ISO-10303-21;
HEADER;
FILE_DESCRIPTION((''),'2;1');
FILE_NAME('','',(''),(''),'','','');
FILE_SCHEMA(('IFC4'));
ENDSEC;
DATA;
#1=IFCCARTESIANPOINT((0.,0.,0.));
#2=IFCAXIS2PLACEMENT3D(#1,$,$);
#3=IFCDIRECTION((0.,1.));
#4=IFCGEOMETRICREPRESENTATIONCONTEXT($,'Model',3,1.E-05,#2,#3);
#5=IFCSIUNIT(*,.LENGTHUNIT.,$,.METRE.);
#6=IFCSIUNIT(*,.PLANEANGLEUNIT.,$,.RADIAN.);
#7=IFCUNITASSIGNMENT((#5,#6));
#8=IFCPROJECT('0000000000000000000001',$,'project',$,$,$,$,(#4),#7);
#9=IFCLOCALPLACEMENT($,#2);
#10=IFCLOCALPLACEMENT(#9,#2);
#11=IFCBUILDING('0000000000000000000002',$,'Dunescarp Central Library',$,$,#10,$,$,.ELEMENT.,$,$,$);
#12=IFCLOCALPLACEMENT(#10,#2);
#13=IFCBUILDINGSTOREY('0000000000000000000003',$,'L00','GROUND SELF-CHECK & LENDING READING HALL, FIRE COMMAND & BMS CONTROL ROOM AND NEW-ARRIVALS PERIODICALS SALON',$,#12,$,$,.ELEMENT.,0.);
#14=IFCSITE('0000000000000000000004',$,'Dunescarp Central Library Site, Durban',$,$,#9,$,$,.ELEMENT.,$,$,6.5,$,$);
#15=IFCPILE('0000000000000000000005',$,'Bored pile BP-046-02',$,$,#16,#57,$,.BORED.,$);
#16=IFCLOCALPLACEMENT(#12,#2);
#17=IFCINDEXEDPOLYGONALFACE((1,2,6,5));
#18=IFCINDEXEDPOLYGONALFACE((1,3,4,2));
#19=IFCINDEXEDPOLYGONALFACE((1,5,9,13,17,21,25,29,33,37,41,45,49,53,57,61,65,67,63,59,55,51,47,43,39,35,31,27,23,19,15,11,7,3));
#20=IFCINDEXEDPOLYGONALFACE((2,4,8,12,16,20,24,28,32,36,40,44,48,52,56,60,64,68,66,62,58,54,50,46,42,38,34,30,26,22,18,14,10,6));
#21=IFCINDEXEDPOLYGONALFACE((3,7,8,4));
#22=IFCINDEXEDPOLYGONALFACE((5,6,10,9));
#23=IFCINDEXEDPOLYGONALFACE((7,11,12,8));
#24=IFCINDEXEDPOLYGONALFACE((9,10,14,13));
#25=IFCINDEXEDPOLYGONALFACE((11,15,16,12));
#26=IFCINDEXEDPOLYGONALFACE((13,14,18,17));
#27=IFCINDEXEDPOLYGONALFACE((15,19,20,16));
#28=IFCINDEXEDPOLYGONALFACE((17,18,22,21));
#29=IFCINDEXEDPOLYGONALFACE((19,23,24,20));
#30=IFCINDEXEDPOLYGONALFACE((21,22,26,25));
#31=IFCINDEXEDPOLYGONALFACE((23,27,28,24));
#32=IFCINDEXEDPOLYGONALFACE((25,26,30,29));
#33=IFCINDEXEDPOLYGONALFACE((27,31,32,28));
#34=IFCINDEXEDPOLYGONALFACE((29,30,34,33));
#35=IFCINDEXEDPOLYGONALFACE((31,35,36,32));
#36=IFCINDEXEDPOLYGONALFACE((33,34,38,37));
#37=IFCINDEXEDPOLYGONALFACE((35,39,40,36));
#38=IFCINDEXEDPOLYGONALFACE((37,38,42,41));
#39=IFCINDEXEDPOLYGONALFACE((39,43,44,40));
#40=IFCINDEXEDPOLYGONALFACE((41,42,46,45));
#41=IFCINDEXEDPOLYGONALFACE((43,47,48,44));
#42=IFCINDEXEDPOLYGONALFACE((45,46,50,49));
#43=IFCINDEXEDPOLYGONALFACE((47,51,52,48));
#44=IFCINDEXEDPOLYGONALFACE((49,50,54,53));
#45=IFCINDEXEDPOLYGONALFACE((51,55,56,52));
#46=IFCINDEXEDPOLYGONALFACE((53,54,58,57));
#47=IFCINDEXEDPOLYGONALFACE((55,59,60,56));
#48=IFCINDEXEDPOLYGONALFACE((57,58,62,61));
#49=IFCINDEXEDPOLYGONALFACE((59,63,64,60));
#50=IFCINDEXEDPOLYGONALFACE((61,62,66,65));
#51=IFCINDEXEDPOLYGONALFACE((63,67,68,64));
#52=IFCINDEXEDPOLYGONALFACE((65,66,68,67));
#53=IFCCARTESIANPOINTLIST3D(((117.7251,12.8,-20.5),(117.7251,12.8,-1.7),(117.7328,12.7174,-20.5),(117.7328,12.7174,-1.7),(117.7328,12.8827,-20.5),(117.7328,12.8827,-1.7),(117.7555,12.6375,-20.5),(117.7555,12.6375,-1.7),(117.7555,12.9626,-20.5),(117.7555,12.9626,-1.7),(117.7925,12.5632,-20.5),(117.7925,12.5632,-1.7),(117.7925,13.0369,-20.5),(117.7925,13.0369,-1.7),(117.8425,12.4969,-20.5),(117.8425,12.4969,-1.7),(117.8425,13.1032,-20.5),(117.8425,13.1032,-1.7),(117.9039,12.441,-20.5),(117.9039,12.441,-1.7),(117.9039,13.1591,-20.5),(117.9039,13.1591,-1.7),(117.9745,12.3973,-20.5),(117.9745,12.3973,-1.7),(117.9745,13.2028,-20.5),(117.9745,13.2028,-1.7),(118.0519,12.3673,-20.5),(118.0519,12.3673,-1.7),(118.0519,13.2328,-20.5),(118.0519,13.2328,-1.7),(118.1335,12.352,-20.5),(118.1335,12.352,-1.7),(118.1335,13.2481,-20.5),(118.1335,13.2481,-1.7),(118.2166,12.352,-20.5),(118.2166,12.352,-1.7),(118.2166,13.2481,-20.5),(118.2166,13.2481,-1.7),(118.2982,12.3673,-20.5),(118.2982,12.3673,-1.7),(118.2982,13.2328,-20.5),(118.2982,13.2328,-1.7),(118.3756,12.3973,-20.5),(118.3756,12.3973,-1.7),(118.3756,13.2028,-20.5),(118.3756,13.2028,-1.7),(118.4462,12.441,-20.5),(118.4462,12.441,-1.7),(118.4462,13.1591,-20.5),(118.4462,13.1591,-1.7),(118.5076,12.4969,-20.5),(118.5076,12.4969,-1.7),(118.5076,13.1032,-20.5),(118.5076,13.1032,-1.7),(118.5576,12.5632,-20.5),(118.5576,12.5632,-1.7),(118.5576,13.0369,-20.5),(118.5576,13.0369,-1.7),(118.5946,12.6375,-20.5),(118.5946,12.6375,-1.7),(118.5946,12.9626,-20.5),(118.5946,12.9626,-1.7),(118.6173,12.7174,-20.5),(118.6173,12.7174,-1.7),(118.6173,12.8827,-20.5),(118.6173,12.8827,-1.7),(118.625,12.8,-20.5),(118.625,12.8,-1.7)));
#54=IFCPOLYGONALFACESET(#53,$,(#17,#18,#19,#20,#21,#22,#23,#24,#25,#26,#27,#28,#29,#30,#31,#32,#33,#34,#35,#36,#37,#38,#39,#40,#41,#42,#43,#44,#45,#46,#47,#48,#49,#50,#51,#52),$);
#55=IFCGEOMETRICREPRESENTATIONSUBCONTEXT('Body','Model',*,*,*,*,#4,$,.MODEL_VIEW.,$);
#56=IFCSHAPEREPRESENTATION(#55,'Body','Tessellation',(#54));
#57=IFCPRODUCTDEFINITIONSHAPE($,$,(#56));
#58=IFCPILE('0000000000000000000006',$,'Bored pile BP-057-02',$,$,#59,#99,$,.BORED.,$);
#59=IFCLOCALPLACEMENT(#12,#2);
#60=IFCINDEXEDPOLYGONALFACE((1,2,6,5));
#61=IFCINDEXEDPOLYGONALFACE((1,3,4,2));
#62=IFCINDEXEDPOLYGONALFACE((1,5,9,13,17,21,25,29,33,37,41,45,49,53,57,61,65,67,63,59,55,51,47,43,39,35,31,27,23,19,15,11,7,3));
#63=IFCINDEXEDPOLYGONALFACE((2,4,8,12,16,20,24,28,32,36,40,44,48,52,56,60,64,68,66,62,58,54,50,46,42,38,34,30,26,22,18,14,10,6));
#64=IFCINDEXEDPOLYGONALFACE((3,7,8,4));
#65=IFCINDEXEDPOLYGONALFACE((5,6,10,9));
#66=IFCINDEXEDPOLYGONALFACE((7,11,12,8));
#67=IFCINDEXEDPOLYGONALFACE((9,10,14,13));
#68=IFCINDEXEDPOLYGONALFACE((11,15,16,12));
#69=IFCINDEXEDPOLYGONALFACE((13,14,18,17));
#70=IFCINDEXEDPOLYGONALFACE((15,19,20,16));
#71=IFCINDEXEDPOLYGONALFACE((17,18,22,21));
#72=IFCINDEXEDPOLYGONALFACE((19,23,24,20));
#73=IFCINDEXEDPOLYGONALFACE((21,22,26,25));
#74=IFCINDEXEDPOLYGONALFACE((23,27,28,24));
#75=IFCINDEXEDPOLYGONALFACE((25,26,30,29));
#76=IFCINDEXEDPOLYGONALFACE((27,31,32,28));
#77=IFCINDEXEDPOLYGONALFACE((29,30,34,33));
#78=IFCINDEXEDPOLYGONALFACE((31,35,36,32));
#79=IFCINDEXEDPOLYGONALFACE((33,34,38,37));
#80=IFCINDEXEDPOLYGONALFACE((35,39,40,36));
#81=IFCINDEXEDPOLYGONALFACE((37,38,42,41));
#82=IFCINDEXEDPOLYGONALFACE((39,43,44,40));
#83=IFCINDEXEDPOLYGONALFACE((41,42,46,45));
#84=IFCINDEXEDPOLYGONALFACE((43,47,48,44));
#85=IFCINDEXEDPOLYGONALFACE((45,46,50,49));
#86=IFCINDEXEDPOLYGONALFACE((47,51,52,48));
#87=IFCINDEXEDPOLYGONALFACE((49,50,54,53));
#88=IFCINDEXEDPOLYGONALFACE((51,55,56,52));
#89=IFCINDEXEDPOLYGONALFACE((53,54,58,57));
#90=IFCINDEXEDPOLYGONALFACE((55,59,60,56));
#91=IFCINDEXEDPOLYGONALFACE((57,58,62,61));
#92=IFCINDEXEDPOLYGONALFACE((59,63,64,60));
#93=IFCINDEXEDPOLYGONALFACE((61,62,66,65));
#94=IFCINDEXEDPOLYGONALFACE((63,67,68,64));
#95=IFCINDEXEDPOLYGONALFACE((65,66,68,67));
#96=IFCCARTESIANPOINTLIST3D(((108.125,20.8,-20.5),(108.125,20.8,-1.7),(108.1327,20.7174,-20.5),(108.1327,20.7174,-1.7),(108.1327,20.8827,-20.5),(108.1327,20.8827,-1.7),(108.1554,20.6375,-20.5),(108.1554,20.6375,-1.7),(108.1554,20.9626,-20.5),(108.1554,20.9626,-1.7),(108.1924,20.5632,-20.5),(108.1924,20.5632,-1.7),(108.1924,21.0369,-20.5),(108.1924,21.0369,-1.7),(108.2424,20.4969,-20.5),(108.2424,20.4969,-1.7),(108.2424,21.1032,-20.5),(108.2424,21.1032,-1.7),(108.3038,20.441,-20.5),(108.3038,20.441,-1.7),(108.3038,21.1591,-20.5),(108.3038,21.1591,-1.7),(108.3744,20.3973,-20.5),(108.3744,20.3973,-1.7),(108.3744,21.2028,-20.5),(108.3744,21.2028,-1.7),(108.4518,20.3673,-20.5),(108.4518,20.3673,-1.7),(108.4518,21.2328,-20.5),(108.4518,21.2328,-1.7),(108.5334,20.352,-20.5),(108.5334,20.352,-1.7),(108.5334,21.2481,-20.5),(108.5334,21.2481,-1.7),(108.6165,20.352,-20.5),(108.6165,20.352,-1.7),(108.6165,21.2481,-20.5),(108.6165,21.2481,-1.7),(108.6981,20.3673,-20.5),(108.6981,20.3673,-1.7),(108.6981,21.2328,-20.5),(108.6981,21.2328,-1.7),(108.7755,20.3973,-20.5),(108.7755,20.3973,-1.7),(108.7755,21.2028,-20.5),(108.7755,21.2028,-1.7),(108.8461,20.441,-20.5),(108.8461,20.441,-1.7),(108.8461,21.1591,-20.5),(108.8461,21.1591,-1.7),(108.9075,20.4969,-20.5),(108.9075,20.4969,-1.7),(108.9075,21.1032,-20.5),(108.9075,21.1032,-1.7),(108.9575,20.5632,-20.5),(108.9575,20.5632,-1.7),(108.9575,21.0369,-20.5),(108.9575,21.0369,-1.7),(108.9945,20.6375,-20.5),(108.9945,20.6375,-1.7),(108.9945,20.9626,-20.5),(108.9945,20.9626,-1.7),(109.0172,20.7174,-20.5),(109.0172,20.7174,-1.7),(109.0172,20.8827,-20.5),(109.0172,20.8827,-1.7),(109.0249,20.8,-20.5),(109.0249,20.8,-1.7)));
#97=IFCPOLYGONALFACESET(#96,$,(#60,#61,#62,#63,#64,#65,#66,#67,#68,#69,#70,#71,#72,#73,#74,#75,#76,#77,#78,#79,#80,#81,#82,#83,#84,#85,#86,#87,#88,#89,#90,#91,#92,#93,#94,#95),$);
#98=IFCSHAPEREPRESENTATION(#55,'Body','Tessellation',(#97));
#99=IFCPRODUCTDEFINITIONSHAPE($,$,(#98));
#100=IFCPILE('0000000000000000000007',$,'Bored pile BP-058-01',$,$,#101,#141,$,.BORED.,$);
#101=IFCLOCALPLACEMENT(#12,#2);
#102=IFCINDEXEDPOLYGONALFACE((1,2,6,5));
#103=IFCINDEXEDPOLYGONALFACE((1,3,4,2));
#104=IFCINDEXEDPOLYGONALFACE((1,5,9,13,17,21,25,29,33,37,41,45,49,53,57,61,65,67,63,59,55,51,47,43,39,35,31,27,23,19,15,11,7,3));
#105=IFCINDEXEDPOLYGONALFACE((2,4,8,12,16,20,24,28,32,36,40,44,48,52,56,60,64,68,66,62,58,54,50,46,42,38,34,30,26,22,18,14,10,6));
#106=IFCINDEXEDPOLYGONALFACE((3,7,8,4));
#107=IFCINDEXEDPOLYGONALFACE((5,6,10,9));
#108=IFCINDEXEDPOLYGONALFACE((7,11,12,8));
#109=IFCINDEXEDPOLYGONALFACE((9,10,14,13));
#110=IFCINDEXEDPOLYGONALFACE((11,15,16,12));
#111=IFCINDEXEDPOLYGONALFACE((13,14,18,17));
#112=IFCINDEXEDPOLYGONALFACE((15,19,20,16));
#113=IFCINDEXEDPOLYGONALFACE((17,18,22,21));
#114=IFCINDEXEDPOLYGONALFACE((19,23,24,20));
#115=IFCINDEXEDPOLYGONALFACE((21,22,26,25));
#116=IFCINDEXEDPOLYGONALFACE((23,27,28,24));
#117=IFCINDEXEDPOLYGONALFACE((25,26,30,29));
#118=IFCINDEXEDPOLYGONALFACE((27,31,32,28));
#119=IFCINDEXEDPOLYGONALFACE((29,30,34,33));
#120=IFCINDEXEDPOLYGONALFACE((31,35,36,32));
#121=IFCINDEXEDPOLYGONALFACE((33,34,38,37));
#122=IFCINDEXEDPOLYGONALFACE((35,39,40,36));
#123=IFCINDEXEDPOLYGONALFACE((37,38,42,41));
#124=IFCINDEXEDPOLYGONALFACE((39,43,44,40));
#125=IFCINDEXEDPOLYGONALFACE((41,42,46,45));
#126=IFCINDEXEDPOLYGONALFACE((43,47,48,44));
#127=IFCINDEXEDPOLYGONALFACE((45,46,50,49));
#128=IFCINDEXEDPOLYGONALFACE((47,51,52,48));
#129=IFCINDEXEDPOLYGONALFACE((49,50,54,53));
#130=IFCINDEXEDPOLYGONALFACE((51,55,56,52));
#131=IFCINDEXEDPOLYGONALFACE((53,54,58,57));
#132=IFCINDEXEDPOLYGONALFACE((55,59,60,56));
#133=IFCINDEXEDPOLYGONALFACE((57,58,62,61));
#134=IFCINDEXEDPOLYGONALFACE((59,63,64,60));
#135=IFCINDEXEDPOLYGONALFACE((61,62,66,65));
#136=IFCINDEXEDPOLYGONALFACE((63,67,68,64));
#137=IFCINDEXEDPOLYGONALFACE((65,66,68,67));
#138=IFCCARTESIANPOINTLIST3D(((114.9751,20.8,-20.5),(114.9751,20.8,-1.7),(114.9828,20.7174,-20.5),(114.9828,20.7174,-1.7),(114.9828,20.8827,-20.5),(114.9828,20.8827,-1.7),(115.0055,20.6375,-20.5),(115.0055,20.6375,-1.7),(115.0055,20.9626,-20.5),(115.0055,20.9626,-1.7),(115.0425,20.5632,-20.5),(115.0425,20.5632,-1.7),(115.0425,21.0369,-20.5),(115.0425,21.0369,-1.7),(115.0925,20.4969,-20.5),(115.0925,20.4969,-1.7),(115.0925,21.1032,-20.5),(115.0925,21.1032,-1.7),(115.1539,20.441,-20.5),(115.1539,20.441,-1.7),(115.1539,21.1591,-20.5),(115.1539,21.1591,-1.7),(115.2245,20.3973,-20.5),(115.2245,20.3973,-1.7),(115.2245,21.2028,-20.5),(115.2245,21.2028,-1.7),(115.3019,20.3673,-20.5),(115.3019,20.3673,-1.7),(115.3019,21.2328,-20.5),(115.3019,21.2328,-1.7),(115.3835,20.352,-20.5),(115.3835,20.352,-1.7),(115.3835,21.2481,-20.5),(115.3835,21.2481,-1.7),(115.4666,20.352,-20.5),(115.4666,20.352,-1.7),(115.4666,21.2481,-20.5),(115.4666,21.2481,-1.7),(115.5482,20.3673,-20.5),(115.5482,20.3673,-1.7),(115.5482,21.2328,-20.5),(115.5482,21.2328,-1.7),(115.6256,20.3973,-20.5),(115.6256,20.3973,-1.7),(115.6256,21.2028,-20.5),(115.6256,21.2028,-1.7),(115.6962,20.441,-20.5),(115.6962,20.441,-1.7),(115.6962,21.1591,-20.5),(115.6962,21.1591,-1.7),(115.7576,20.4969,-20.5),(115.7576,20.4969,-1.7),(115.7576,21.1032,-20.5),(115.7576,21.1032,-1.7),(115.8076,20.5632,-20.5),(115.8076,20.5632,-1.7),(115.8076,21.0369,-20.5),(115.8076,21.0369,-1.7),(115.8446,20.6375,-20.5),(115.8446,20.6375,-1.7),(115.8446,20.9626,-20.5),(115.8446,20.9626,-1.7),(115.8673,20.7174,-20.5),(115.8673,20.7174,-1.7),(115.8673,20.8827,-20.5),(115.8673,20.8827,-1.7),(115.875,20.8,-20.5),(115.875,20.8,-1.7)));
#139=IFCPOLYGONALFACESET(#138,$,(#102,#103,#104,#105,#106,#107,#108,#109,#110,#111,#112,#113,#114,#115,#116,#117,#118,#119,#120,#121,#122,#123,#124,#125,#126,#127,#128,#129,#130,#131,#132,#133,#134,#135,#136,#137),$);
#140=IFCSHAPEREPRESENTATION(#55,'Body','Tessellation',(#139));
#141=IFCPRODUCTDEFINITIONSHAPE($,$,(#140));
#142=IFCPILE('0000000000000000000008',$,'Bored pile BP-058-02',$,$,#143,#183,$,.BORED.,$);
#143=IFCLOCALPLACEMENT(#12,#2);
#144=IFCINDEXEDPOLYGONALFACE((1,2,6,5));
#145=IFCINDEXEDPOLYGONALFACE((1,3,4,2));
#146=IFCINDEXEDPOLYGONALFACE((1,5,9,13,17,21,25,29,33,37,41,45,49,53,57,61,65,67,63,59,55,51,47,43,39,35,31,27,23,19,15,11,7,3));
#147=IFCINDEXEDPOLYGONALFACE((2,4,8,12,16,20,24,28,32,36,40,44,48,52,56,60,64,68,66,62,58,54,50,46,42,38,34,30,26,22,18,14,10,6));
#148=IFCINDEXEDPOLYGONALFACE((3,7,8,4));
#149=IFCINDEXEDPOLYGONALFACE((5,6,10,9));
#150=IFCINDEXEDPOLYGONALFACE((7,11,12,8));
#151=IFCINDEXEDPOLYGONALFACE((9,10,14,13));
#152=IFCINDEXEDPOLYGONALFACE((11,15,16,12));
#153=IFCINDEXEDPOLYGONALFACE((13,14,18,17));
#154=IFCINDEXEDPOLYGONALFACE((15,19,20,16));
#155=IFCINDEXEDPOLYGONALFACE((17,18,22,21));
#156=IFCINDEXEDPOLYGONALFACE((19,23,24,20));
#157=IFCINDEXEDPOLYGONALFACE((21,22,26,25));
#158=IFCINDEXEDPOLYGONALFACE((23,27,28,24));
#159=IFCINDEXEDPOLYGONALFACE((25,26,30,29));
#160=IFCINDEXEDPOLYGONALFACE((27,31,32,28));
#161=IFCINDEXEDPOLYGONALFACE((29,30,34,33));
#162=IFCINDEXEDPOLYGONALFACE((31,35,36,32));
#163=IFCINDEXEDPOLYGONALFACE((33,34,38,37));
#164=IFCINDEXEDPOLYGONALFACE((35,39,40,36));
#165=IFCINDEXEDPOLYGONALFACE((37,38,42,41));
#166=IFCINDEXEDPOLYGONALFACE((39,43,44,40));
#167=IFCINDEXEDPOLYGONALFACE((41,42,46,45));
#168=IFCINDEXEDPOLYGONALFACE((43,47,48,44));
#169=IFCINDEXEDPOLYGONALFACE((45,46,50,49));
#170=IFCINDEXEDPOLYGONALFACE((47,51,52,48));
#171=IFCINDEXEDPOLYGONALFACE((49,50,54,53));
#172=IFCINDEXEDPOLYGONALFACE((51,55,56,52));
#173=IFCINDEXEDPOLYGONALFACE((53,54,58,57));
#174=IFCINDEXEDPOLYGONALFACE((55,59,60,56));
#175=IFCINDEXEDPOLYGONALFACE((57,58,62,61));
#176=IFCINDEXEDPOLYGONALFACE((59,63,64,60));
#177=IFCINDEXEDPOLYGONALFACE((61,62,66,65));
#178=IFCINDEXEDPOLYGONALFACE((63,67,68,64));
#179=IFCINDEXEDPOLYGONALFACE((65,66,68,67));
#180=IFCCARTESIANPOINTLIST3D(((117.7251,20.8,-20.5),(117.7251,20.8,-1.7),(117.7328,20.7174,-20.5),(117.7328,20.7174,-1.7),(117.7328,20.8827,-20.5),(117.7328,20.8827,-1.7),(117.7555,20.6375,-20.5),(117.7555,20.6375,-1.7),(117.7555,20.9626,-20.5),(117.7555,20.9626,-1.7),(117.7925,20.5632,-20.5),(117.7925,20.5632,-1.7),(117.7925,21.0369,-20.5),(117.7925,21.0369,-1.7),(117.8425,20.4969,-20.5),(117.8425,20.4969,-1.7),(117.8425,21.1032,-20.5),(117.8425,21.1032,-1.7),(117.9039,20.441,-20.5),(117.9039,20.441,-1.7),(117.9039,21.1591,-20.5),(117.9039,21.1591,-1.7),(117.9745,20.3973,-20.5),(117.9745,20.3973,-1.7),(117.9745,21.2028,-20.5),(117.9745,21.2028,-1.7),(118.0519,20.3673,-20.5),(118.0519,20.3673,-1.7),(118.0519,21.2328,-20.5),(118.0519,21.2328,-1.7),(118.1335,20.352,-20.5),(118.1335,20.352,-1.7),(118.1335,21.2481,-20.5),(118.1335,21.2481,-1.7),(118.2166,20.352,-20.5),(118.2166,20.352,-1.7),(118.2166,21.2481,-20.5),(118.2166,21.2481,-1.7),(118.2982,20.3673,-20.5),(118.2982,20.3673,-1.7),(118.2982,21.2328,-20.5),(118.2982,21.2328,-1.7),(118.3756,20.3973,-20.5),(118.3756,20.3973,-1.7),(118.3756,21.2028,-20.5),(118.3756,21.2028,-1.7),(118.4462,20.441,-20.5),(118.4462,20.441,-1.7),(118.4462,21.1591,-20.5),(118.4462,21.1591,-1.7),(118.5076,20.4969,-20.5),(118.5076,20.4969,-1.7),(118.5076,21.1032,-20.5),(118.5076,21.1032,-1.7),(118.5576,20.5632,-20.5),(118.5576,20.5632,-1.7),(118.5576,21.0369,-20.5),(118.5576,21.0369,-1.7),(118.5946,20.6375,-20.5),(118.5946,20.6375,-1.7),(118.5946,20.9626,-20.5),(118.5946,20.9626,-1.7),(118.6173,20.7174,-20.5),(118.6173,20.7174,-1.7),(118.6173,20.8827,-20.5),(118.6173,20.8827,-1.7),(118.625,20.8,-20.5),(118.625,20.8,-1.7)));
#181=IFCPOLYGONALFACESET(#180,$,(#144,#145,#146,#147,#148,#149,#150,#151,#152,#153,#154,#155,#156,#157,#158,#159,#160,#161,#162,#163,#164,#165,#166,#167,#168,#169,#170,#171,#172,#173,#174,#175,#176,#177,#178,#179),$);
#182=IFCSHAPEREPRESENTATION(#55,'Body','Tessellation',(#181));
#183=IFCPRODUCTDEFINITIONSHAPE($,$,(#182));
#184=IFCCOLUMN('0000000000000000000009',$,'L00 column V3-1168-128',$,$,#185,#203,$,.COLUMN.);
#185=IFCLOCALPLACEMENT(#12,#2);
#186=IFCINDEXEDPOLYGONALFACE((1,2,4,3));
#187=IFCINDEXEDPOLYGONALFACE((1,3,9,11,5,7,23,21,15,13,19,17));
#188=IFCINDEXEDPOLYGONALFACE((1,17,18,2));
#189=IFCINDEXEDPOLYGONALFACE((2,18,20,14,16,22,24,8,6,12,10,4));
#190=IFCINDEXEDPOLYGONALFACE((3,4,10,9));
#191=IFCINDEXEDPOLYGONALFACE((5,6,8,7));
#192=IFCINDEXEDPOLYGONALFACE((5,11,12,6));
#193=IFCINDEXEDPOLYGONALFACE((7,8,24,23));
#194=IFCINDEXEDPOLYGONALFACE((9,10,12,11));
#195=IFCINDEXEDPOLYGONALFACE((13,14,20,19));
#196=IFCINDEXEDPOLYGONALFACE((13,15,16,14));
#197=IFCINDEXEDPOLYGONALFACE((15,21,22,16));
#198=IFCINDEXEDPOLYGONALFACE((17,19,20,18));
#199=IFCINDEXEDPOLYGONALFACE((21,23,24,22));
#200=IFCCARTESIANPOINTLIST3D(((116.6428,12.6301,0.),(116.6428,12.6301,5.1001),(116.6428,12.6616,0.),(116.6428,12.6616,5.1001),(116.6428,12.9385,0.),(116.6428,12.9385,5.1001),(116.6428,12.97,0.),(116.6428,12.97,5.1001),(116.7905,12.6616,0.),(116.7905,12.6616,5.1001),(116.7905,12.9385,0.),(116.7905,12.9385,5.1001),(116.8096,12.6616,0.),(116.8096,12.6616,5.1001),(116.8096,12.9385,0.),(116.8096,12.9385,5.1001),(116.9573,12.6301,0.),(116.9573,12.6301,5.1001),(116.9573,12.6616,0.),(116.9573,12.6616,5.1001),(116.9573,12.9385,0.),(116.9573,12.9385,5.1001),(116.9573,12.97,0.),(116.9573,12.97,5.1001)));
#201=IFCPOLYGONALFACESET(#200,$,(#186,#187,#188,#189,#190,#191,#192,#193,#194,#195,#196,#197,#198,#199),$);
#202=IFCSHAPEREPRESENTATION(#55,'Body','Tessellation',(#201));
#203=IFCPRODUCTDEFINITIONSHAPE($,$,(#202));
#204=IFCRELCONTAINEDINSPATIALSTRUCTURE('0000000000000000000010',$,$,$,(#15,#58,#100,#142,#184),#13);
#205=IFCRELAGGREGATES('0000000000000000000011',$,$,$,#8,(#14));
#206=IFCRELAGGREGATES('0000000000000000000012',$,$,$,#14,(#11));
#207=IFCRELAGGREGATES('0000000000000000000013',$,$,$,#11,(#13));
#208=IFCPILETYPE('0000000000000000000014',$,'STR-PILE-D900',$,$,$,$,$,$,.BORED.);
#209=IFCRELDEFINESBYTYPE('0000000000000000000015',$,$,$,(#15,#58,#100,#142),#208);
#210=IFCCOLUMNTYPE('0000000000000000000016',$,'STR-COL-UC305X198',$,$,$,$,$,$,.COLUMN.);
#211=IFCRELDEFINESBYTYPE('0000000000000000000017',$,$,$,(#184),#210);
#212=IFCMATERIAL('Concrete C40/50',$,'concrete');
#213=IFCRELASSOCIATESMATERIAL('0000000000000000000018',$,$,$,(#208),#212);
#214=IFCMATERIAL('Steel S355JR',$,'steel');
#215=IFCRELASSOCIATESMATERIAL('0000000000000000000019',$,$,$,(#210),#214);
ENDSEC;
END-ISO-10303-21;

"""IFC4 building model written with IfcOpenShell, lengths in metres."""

from ifc_helpers import new_model, si_unit, direction, frame, origin, origin_2d, place, context, subcontext, project, spatial, circle, i_section, extrude, material, material_profile, profile_set, type_object, element, save


model = new_model("IFC4")

# Units and contexts
model_context = context("Model", 3, precision=1e-05, world=origin(), true_north=direction((0.0, 1.0)))
body_context = subcontext(model_context, "Body", "Model", "MODEL_VIEW")
ifc_project = project(units=[si_unit("LENGTHUNIT", "METRE"), si_unit("PLANEANGLEUNIT", "RADIAN")], contexts=[model_context])

# Site, building, storey
site_placement = place(None, origin())
site = spatial("IfcSite", under=ifc_project, at=site_placement, Name="Dunescarp Central Library Site, Durban", CompositionType="ELEMENT", RefElevation=6.5)
building_placement = place(site_placement, origin())
building = spatial("IfcBuilding", under=site, at=building_placement, Name="Dunescarp Central Library", CompositionType="ELEMENT")
storey_placement = place(building_placement, origin())
storey = spatial("IfcBuildingStorey", under=building, at=storey_placement, Name="L00", Description="GROUND SELF-CHECK & LENDING READING HALL, FIRE COMMAND & BMS CONTROL ROOM AND NEW-ARRIVALS PERIODICALS SALON", CompositionType="ELEMENT", Elevation=0.0)

# Shared definitions
ifc_material_1 = material(Name="Concrete C40/50", Category="concrete")

# Piles
ifc_material_profile_1 = material_profile(ifc_material_1, circle(Radius=0.45, at=origin_2d()), Name="PILE D900")
ifc_profile_set_1 = profile_set([ifc_material_profile_1], Name="Concrete C40/50")
pile_type = type_object("IfcPileType", Name="STR-PILE-D900", PredefinedType="BORED", material=ifc_profile_set_1)
for number, where, z_axis, x_axis, name in (
    (1, (118.175, 12.8, -1.7), (0.0, 0.0, -1.0), (1.0, 0.0, 0.0), "Bored pile BP-046-02"),
    (2, (108.575, 20.8, -1.7), (0.0, 0.0, -1.0), (1.0, 0.0, 0.0), "Bored pile BP-057-02"),
    (3, (115.425, 20.8, -1.7), (0.0, 0.0, -1.0), (1.0, 0.0, 0.0), "Bored pile BP-058-01"),
    (4, (118.175, 20.8, -1.7), (0.0, 0.0, -1.0), (1.0, 0.0, 0.0), "Bored pile BP-058-02"),
):
    element("IfcPile", number, at=place(storey_placement, frame(where, z_axis=z_axis, x_axis=x_axis)), inside=storey, type_object=pile_type, Name=name, PredefinedType="BORED", context=body_context, shape_type="SweptSolid", body=[
        extrude(circle(Radius=0.45, at=origin_2d()), origin(), (0.0, 0.0, 1.0), 18.8),
    ])

# Column
ifc_material_2 = material(Name="Steel S355JR", Category="steel")
ifc_material_profile_2 = material_profile(ifc_material_2, i_section(OverallWidth=0.3145, OverallDepth=0.3398, WebThickness=0.019, FlangeThickness=0.0315, at=origin_2d()), Name="UC 305x305x198")
ifc_profile_set_2 = profile_set([ifc_material_profile_2], Name="Steel S355JR")
column_type = type_object("IfcColumnType", Name="STR-COL-UC305X198", PredefinedType="COLUMN", material=ifc_profile_set_2)
for number, where, z_axis, x_axis, name in (
    (5, (116.8, 12.8, 0.0), (0.0, 0.0, 1.0), (1.0, 0.0, 0.0), "L00 column V3-1168-128"),
):
    element("IfcColumn", number, at=place(storey_placement, frame(where, z_axis=z_axis, x_axis=x_axis)), inside=storey, type_object=column_type, Name=name, PredefinedType="COLUMN", context=body_context, shape_type="SweptSolid", body=[
        extrude(i_section(OverallWidth=0.3145, OverallDepth=0.3398, WebThickness=0.019, FlangeThickness=0.0315, at=origin_2d()), origin(), (0.0, 0.0, 1.0), 5.1001),
    ])

save(model, "model.ifc")
